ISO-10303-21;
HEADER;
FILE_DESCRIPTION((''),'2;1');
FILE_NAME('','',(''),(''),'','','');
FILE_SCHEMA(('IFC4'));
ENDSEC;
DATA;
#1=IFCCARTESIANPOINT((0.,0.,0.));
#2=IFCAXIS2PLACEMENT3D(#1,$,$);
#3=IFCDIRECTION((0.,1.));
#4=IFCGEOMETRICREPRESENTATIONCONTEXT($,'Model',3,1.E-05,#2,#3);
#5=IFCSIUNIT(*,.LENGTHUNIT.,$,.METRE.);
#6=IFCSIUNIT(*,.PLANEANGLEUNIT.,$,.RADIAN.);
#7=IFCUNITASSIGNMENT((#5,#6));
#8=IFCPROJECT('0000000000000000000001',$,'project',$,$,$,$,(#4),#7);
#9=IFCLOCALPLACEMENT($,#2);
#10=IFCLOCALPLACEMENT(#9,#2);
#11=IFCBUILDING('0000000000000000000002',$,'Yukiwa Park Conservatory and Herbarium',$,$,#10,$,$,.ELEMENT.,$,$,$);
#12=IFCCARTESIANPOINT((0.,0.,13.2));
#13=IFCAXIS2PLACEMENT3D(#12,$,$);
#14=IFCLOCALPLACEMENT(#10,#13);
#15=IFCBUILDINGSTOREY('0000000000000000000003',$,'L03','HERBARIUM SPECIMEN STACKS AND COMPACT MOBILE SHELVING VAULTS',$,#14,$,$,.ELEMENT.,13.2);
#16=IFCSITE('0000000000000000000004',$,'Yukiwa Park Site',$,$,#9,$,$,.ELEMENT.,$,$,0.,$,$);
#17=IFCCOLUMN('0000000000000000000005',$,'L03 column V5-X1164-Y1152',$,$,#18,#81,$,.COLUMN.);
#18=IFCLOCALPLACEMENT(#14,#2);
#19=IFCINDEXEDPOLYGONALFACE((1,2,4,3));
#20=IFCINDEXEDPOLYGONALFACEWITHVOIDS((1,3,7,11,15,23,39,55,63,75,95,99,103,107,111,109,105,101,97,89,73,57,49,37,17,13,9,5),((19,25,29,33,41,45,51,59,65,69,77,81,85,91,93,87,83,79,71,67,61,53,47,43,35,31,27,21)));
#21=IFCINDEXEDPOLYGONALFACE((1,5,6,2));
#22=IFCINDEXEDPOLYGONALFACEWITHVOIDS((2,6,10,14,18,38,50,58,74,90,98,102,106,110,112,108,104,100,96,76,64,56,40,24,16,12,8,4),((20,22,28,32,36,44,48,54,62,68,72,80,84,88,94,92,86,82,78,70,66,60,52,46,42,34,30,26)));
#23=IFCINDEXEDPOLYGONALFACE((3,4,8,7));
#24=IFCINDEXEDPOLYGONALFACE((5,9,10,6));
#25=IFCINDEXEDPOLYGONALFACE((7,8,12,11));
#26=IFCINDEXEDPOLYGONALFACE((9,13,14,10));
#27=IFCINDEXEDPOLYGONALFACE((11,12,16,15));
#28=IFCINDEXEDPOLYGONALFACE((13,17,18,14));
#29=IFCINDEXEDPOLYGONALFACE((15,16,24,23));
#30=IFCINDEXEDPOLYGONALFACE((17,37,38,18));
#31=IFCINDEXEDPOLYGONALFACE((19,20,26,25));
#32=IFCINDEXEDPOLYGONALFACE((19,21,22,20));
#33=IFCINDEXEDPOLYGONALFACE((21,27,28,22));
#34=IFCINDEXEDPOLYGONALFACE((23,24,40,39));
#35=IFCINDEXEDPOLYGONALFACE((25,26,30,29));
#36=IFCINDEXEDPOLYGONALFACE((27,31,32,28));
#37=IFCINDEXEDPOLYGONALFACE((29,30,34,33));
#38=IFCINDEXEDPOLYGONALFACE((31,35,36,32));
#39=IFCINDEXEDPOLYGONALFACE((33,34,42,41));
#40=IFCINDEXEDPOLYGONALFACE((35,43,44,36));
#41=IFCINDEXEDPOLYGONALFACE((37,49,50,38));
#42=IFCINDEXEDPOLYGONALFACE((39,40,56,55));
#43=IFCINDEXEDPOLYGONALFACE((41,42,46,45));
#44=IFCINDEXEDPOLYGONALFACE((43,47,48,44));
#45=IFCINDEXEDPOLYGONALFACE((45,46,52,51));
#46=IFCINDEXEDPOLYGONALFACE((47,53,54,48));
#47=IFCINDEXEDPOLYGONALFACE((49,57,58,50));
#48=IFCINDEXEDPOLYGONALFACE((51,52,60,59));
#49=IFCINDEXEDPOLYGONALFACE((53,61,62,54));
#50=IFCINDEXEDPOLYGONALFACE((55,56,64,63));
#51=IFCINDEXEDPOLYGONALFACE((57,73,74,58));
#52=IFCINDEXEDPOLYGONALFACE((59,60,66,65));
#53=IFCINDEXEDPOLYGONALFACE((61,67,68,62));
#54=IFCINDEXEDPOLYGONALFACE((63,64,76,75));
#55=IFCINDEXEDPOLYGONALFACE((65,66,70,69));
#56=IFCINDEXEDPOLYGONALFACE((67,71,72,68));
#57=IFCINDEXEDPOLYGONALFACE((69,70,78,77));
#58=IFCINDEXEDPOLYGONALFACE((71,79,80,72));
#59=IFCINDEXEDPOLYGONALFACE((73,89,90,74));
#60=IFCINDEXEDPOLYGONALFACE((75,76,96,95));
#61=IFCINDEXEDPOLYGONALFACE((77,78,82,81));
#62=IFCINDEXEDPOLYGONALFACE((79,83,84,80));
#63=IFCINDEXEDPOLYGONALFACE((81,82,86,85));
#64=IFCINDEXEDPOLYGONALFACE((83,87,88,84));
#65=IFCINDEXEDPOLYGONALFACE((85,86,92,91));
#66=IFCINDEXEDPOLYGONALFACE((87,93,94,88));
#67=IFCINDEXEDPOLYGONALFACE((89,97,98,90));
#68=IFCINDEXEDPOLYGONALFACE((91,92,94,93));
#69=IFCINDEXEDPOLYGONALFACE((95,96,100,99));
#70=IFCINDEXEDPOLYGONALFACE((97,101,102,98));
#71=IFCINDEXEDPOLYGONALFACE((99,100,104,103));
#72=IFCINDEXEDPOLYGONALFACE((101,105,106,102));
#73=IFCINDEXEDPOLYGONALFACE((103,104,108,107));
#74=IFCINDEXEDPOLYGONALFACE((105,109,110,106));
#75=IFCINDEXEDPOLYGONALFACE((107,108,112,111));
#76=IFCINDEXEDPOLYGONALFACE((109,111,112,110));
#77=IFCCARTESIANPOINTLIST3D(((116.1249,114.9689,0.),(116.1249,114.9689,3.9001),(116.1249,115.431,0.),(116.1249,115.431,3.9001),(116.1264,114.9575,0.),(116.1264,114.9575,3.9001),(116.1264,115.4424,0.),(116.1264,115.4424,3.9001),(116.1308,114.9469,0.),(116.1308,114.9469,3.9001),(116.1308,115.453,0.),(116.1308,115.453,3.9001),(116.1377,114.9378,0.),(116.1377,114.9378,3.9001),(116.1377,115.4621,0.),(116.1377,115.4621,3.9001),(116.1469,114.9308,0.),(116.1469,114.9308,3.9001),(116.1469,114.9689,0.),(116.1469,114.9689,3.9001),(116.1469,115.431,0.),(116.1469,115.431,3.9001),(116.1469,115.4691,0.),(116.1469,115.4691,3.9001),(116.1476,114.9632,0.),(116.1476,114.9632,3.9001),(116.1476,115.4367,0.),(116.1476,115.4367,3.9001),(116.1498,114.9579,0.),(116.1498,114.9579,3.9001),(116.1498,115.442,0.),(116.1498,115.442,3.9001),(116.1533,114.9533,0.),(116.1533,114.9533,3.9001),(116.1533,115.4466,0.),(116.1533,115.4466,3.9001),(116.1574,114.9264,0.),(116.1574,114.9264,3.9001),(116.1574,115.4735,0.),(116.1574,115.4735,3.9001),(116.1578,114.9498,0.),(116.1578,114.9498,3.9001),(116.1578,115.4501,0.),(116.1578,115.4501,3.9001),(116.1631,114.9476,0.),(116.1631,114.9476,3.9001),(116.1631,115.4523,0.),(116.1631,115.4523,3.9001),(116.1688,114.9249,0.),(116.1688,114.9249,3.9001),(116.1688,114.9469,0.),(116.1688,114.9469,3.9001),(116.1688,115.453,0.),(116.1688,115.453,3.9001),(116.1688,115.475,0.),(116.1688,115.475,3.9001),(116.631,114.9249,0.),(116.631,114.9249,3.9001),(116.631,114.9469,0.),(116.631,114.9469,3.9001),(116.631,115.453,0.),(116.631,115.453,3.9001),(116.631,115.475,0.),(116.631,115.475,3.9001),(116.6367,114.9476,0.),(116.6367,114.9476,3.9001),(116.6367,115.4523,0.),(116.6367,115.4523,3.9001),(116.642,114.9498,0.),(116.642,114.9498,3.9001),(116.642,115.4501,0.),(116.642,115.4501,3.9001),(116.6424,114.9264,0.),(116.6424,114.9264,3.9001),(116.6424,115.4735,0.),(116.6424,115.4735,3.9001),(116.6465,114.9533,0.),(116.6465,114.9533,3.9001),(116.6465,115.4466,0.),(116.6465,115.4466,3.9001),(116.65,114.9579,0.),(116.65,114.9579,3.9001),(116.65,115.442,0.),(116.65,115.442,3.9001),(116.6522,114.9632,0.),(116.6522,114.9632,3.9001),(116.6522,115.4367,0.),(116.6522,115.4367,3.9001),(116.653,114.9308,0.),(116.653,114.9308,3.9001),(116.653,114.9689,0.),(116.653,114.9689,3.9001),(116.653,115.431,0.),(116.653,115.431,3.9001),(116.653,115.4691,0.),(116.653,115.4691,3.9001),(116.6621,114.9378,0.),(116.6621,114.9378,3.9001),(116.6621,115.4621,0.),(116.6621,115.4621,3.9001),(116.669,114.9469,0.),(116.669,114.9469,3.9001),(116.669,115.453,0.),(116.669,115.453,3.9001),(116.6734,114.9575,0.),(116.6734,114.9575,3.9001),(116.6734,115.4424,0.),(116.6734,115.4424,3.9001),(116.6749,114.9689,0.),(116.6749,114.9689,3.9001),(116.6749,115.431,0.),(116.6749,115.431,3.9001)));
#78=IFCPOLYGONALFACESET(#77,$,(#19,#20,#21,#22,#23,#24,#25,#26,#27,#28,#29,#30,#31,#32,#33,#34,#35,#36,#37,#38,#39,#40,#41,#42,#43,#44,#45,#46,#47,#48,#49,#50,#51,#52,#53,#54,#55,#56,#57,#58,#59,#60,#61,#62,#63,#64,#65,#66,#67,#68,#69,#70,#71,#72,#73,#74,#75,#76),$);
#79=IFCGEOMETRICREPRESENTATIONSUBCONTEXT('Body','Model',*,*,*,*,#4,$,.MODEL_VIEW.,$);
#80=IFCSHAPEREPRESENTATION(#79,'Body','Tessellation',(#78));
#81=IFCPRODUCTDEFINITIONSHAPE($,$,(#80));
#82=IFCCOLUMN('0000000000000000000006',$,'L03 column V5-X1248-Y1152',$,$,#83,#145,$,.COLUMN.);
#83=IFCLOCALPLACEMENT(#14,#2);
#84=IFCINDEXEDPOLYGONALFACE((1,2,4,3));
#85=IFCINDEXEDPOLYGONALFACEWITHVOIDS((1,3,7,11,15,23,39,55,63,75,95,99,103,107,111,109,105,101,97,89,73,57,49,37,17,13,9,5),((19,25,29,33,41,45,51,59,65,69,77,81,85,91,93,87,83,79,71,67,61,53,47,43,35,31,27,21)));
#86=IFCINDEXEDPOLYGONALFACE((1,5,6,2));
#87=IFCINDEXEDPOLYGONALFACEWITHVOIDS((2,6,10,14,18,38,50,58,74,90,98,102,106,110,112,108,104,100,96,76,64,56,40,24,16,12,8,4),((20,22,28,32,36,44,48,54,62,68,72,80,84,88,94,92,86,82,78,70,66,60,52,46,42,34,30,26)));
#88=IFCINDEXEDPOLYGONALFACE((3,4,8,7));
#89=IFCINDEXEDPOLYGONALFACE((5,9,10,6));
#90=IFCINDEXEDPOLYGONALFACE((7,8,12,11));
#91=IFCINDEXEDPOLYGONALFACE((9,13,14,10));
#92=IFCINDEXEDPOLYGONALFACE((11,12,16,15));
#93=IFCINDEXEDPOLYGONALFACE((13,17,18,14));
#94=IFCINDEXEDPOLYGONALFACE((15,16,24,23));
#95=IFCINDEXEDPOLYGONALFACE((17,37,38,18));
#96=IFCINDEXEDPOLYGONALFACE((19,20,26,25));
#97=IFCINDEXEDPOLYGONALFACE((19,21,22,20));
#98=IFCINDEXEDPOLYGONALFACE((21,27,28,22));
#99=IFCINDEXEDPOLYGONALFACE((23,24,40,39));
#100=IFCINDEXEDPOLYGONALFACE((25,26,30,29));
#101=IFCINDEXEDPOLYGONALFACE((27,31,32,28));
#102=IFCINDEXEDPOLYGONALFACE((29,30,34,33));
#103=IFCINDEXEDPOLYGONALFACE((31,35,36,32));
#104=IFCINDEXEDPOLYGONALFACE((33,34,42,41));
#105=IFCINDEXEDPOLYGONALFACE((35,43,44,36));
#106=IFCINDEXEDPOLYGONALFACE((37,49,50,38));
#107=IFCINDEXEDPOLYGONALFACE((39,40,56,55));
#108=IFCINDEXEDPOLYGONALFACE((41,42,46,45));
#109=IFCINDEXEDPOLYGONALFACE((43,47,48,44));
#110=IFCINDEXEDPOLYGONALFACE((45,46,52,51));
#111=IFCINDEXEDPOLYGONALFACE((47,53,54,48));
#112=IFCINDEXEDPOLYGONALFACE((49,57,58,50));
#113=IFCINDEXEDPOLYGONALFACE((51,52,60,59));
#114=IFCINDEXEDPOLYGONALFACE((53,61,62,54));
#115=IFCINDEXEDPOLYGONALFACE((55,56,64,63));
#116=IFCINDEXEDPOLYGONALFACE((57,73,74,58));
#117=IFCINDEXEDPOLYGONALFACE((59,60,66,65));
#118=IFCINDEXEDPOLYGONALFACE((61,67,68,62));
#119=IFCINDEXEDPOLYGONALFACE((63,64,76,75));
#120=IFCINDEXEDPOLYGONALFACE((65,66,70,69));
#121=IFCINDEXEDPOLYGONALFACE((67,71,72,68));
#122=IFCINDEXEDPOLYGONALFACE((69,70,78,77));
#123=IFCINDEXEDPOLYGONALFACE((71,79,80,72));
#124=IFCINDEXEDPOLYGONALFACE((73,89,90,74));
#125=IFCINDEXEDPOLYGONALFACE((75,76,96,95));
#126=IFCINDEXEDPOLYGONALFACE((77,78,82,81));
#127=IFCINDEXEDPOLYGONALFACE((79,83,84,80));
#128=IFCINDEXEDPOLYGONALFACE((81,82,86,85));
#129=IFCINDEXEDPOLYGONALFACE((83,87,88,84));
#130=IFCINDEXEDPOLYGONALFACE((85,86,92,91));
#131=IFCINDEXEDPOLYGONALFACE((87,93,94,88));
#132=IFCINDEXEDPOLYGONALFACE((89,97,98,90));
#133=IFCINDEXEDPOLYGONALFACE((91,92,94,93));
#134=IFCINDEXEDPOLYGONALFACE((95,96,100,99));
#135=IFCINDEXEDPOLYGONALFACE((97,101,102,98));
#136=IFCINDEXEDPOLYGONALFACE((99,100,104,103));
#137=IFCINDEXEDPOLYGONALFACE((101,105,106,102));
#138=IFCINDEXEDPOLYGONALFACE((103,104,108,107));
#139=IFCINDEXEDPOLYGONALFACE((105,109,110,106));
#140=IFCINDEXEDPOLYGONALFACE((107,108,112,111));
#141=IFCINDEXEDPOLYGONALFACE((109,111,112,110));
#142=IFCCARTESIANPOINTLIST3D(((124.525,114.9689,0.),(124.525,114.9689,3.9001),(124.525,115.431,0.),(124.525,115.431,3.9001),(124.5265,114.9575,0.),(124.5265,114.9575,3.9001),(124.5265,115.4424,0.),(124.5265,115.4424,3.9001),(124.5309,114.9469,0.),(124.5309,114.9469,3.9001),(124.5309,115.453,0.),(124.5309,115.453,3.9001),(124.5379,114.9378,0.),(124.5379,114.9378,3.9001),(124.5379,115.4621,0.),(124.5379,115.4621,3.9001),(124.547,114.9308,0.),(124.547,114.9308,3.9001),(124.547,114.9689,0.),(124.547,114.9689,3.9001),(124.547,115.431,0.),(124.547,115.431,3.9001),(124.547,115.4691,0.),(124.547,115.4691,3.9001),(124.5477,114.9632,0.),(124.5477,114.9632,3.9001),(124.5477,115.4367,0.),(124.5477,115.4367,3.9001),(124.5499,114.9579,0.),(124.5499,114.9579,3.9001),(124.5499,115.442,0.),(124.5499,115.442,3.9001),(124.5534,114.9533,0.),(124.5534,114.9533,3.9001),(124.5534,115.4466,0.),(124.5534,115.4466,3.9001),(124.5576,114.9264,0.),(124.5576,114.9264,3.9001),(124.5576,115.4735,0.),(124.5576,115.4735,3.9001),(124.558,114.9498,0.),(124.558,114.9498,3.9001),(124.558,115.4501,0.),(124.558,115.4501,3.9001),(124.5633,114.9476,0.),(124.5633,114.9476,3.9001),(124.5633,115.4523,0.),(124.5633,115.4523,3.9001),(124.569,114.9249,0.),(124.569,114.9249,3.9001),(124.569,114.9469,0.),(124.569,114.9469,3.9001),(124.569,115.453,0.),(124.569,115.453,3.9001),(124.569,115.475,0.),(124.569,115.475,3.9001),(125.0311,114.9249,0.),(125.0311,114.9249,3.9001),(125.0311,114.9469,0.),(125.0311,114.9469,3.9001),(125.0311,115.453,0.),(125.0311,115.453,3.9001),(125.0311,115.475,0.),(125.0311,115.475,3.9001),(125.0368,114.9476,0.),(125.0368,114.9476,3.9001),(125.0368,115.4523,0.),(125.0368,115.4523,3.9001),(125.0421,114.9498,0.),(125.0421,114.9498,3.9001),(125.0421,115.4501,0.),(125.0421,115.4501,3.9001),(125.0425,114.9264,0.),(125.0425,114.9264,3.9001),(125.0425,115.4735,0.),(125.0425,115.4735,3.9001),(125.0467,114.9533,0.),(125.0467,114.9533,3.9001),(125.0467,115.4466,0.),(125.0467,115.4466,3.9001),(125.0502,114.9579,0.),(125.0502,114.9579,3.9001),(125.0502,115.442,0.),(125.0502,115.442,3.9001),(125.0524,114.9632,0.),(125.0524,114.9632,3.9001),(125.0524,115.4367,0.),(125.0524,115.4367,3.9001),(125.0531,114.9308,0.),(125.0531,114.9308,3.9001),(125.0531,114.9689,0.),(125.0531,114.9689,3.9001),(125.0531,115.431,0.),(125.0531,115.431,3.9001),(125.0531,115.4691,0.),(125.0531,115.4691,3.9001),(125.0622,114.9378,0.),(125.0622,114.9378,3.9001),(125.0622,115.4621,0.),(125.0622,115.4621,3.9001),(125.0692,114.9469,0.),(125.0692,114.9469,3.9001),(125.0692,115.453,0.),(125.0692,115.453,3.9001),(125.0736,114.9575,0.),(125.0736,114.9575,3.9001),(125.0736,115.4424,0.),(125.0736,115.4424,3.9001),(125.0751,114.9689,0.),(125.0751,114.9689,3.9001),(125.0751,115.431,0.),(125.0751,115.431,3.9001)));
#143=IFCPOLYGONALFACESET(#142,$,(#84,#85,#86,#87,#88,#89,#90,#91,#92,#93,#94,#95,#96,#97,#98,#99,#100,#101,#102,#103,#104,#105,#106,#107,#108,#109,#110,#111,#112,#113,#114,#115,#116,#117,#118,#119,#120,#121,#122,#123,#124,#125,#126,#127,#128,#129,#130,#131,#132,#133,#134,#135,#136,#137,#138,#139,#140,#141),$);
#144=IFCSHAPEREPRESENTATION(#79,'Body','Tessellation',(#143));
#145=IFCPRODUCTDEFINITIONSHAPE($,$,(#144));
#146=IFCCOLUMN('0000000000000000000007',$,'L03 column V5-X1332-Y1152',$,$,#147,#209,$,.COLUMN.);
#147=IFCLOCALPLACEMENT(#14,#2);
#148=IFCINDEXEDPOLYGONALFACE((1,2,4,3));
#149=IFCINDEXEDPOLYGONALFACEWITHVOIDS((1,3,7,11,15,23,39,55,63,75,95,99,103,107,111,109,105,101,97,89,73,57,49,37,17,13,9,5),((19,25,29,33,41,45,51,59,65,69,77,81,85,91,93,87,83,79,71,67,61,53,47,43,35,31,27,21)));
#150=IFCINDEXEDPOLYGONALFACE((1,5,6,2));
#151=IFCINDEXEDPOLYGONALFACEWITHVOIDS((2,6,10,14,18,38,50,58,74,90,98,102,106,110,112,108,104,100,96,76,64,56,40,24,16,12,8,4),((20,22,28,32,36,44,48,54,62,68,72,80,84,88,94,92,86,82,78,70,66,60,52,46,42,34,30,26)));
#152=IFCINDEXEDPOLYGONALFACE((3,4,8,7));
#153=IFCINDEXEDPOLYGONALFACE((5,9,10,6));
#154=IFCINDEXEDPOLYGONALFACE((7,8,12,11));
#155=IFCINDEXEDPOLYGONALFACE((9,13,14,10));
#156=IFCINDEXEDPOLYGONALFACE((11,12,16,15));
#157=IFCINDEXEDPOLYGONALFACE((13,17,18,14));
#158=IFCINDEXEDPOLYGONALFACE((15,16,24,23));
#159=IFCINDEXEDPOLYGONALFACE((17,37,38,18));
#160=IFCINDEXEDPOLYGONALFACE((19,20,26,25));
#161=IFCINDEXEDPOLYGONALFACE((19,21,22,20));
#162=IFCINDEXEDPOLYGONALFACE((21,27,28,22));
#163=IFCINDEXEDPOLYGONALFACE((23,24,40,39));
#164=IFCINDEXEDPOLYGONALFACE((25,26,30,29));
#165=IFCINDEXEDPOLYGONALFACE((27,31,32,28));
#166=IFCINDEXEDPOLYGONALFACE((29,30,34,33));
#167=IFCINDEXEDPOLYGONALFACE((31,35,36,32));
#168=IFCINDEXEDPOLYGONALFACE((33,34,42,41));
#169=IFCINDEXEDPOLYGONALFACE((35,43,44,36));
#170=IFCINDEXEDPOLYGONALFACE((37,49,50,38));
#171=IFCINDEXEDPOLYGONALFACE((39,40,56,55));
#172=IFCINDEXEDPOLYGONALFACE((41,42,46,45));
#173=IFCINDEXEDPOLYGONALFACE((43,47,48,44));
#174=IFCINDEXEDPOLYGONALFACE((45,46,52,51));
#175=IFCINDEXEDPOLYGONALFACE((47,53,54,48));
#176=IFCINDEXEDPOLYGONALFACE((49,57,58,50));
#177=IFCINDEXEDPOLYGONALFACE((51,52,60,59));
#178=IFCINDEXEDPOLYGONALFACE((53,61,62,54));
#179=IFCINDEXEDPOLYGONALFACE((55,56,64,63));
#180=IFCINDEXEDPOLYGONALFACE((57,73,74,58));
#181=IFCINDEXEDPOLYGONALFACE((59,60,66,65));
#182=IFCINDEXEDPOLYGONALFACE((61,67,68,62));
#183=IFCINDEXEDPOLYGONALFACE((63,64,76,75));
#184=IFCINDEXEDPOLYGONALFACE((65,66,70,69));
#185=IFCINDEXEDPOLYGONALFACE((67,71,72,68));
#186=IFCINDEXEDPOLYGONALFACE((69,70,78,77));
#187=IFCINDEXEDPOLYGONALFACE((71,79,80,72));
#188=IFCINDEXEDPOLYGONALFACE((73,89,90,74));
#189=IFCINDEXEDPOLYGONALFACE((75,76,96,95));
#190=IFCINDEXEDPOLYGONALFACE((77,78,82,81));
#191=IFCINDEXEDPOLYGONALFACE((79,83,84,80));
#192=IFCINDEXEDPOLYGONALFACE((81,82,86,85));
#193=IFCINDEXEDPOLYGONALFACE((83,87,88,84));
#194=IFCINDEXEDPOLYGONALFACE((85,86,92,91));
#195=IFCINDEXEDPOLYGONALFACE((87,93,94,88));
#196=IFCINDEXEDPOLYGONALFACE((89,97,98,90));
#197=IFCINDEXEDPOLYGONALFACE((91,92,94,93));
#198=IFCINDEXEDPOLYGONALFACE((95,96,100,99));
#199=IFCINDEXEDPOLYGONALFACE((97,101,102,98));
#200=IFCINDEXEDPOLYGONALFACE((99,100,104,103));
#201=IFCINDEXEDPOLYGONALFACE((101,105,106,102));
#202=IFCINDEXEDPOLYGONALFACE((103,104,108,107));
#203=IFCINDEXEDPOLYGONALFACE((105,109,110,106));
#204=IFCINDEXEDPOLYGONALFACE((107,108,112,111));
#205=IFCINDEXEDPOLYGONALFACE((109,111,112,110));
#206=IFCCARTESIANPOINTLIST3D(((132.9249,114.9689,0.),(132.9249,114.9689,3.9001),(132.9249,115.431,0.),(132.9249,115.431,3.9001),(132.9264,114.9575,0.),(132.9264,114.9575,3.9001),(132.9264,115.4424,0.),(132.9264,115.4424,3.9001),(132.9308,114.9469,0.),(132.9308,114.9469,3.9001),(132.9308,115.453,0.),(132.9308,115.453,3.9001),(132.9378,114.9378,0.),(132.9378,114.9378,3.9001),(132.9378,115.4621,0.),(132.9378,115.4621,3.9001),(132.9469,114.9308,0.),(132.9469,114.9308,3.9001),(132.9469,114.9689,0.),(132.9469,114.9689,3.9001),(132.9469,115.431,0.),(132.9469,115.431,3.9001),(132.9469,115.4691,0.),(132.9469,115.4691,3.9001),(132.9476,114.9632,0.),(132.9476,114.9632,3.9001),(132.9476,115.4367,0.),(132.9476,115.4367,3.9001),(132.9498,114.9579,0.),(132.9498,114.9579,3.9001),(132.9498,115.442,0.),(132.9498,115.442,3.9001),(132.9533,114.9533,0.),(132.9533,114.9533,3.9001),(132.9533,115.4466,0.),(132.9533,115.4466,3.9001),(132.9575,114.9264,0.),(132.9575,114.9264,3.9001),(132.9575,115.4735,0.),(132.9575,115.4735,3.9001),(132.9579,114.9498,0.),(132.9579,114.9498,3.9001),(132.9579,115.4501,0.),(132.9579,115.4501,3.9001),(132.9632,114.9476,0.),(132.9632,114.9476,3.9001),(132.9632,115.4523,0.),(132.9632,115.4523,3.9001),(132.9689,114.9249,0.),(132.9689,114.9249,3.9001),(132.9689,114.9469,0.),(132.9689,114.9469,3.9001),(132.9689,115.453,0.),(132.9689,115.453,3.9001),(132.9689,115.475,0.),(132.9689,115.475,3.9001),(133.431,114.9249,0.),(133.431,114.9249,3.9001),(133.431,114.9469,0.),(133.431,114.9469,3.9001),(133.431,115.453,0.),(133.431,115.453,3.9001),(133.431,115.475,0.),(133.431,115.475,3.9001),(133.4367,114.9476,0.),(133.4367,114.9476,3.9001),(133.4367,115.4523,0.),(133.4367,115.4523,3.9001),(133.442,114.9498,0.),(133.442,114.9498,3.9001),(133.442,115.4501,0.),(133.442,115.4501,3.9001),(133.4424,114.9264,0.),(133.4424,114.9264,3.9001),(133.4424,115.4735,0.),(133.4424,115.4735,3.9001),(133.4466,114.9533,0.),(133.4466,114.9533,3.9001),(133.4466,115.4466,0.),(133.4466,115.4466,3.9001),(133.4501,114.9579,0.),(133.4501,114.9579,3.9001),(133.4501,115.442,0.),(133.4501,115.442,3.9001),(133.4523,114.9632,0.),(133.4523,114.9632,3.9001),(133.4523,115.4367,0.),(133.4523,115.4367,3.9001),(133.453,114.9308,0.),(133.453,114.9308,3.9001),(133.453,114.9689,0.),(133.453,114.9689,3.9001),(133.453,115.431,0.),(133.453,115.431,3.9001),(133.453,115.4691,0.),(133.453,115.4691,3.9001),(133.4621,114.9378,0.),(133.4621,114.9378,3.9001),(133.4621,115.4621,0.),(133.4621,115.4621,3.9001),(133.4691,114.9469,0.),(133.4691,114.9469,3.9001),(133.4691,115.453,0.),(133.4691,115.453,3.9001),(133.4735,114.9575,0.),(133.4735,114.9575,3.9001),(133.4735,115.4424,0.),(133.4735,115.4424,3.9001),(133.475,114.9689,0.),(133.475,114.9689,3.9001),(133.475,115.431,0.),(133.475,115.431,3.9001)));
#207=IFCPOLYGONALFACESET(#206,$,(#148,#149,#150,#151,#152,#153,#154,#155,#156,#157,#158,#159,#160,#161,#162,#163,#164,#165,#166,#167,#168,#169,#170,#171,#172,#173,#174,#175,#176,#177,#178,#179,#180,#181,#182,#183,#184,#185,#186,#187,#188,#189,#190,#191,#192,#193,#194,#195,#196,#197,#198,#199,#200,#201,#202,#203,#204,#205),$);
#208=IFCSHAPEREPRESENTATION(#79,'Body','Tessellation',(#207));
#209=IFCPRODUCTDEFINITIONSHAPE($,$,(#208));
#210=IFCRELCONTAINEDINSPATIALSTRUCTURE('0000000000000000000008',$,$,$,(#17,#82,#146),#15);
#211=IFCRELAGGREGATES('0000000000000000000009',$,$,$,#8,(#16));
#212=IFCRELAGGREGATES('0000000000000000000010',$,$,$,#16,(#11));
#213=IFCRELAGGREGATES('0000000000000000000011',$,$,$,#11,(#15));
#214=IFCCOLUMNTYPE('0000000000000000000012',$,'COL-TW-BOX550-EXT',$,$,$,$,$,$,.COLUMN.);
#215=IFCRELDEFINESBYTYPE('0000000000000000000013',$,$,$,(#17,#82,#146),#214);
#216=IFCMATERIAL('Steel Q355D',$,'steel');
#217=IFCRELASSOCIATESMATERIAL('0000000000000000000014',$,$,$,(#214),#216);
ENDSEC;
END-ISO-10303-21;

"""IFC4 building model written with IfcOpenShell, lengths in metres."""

from ifc_helpers import new_model, si_unit, direction, frame, origin, origin_2d, place, context, subcontext, project, spatial, hollow_rectangle, extrude, material, material_profile, profile_set, type_object, element, save


model = new_model("IFC4")

# Units and contexts
model_context = context("Model", 3, precision=1e-05, world=origin(), true_north=direction((0.0, 1.0)))
body_context = subcontext(model_context, "Body", "Model", "MODEL_VIEW")
ifc_project = project(units=[si_unit("LENGTHUNIT", "METRE"), si_unit("PLANEANGLEUNIT", "RADIAN")], contexts=[model_context])

# Site, building, storey
site_placement = place(None, origin())
site = spatial("IfcSite", under=ifc_project, at=site_placement, Name="Yukiwa Park Site", CompositionType="ELEMENT", RefElevation=0.0)
building_placement = place(site_placement, origin())
building = spatial("IfcBuilding", under=site, at=building_placement, Name="Yukiwa Park Conservatory and Herbarium", CompositionType="ELEMENT")
storey_placement = place(building_placement, frame((0.0, 0.0, 13.2)))
storey = spatial("IfcBuildingStorey", under=building, at=storey_placement, Name="L03", Description="HERBARIUM SPECIMEN STACKS AND COMPACT MOBILE SHELVING VAULTS", CompositionType="ELEMENT", Elevation=13.2)

# Columns
ifc_material_1 = material(Name="Steel Q355D", Category="steel")
ifc_material_profile_1 = material_profile(ifc_material_1, hollow_rectangle(XDim=0.55, YDim=0.55, WallThickness=0.022, InnerFilletRadius=0.022, OuterFilletRadius=0.0439, at=origin_2d()), Name="BOX 550x550x22")
ifc_profile_set_1 = profile_set([ifc_material_profile_1], Name="Steel Q355D")
column_type_1 = type_object("IfcColumnType", Name="COL-TW-BOX550-EXT", PredefinedType="COLUMN", material=ifc_profile_set_1)
for number, where, z_axis, x_axis, name in (
    (1, (116.3999, 115.2, 0.0), (0.0, 0.0, 1.0), (1.0, 0.0, 0.0), "L03 column V5-X1164-Y1152"),
    (2, (124.8, 115.2, 0.0), (0.0, 0.0, 1.0), (1.0, 0.0, 0.0), "L03 column V5-X1248-Y1152"),
    (3, (133.2, 115.2, 0.0), (0.0, 0.0, 1.0), (1.0, 0.0, 0.0), "L03 column V5-X1332-Y1152"),
):
    element("IfcColumn", number, at=place(storey_placement, frame(where, z_axis=z_axis, x_axis=x_axis)), inside=storey, type_object=column_type_1, Name=name, PredefinedType="COLUMN", context=body_context, shape_type="SweptSolid", body=[
        extrude(hollow_rectangle(XDim=0.55, YDim=0.55, WallThickness=0.022, InnerFilletRadius=0.022, OuterFilletRadius=0.0439, at=origin_2d()), origin(), (0.0, 0.0, 1.0), 3.9001),
    ])

save(model, "model.ifc")
